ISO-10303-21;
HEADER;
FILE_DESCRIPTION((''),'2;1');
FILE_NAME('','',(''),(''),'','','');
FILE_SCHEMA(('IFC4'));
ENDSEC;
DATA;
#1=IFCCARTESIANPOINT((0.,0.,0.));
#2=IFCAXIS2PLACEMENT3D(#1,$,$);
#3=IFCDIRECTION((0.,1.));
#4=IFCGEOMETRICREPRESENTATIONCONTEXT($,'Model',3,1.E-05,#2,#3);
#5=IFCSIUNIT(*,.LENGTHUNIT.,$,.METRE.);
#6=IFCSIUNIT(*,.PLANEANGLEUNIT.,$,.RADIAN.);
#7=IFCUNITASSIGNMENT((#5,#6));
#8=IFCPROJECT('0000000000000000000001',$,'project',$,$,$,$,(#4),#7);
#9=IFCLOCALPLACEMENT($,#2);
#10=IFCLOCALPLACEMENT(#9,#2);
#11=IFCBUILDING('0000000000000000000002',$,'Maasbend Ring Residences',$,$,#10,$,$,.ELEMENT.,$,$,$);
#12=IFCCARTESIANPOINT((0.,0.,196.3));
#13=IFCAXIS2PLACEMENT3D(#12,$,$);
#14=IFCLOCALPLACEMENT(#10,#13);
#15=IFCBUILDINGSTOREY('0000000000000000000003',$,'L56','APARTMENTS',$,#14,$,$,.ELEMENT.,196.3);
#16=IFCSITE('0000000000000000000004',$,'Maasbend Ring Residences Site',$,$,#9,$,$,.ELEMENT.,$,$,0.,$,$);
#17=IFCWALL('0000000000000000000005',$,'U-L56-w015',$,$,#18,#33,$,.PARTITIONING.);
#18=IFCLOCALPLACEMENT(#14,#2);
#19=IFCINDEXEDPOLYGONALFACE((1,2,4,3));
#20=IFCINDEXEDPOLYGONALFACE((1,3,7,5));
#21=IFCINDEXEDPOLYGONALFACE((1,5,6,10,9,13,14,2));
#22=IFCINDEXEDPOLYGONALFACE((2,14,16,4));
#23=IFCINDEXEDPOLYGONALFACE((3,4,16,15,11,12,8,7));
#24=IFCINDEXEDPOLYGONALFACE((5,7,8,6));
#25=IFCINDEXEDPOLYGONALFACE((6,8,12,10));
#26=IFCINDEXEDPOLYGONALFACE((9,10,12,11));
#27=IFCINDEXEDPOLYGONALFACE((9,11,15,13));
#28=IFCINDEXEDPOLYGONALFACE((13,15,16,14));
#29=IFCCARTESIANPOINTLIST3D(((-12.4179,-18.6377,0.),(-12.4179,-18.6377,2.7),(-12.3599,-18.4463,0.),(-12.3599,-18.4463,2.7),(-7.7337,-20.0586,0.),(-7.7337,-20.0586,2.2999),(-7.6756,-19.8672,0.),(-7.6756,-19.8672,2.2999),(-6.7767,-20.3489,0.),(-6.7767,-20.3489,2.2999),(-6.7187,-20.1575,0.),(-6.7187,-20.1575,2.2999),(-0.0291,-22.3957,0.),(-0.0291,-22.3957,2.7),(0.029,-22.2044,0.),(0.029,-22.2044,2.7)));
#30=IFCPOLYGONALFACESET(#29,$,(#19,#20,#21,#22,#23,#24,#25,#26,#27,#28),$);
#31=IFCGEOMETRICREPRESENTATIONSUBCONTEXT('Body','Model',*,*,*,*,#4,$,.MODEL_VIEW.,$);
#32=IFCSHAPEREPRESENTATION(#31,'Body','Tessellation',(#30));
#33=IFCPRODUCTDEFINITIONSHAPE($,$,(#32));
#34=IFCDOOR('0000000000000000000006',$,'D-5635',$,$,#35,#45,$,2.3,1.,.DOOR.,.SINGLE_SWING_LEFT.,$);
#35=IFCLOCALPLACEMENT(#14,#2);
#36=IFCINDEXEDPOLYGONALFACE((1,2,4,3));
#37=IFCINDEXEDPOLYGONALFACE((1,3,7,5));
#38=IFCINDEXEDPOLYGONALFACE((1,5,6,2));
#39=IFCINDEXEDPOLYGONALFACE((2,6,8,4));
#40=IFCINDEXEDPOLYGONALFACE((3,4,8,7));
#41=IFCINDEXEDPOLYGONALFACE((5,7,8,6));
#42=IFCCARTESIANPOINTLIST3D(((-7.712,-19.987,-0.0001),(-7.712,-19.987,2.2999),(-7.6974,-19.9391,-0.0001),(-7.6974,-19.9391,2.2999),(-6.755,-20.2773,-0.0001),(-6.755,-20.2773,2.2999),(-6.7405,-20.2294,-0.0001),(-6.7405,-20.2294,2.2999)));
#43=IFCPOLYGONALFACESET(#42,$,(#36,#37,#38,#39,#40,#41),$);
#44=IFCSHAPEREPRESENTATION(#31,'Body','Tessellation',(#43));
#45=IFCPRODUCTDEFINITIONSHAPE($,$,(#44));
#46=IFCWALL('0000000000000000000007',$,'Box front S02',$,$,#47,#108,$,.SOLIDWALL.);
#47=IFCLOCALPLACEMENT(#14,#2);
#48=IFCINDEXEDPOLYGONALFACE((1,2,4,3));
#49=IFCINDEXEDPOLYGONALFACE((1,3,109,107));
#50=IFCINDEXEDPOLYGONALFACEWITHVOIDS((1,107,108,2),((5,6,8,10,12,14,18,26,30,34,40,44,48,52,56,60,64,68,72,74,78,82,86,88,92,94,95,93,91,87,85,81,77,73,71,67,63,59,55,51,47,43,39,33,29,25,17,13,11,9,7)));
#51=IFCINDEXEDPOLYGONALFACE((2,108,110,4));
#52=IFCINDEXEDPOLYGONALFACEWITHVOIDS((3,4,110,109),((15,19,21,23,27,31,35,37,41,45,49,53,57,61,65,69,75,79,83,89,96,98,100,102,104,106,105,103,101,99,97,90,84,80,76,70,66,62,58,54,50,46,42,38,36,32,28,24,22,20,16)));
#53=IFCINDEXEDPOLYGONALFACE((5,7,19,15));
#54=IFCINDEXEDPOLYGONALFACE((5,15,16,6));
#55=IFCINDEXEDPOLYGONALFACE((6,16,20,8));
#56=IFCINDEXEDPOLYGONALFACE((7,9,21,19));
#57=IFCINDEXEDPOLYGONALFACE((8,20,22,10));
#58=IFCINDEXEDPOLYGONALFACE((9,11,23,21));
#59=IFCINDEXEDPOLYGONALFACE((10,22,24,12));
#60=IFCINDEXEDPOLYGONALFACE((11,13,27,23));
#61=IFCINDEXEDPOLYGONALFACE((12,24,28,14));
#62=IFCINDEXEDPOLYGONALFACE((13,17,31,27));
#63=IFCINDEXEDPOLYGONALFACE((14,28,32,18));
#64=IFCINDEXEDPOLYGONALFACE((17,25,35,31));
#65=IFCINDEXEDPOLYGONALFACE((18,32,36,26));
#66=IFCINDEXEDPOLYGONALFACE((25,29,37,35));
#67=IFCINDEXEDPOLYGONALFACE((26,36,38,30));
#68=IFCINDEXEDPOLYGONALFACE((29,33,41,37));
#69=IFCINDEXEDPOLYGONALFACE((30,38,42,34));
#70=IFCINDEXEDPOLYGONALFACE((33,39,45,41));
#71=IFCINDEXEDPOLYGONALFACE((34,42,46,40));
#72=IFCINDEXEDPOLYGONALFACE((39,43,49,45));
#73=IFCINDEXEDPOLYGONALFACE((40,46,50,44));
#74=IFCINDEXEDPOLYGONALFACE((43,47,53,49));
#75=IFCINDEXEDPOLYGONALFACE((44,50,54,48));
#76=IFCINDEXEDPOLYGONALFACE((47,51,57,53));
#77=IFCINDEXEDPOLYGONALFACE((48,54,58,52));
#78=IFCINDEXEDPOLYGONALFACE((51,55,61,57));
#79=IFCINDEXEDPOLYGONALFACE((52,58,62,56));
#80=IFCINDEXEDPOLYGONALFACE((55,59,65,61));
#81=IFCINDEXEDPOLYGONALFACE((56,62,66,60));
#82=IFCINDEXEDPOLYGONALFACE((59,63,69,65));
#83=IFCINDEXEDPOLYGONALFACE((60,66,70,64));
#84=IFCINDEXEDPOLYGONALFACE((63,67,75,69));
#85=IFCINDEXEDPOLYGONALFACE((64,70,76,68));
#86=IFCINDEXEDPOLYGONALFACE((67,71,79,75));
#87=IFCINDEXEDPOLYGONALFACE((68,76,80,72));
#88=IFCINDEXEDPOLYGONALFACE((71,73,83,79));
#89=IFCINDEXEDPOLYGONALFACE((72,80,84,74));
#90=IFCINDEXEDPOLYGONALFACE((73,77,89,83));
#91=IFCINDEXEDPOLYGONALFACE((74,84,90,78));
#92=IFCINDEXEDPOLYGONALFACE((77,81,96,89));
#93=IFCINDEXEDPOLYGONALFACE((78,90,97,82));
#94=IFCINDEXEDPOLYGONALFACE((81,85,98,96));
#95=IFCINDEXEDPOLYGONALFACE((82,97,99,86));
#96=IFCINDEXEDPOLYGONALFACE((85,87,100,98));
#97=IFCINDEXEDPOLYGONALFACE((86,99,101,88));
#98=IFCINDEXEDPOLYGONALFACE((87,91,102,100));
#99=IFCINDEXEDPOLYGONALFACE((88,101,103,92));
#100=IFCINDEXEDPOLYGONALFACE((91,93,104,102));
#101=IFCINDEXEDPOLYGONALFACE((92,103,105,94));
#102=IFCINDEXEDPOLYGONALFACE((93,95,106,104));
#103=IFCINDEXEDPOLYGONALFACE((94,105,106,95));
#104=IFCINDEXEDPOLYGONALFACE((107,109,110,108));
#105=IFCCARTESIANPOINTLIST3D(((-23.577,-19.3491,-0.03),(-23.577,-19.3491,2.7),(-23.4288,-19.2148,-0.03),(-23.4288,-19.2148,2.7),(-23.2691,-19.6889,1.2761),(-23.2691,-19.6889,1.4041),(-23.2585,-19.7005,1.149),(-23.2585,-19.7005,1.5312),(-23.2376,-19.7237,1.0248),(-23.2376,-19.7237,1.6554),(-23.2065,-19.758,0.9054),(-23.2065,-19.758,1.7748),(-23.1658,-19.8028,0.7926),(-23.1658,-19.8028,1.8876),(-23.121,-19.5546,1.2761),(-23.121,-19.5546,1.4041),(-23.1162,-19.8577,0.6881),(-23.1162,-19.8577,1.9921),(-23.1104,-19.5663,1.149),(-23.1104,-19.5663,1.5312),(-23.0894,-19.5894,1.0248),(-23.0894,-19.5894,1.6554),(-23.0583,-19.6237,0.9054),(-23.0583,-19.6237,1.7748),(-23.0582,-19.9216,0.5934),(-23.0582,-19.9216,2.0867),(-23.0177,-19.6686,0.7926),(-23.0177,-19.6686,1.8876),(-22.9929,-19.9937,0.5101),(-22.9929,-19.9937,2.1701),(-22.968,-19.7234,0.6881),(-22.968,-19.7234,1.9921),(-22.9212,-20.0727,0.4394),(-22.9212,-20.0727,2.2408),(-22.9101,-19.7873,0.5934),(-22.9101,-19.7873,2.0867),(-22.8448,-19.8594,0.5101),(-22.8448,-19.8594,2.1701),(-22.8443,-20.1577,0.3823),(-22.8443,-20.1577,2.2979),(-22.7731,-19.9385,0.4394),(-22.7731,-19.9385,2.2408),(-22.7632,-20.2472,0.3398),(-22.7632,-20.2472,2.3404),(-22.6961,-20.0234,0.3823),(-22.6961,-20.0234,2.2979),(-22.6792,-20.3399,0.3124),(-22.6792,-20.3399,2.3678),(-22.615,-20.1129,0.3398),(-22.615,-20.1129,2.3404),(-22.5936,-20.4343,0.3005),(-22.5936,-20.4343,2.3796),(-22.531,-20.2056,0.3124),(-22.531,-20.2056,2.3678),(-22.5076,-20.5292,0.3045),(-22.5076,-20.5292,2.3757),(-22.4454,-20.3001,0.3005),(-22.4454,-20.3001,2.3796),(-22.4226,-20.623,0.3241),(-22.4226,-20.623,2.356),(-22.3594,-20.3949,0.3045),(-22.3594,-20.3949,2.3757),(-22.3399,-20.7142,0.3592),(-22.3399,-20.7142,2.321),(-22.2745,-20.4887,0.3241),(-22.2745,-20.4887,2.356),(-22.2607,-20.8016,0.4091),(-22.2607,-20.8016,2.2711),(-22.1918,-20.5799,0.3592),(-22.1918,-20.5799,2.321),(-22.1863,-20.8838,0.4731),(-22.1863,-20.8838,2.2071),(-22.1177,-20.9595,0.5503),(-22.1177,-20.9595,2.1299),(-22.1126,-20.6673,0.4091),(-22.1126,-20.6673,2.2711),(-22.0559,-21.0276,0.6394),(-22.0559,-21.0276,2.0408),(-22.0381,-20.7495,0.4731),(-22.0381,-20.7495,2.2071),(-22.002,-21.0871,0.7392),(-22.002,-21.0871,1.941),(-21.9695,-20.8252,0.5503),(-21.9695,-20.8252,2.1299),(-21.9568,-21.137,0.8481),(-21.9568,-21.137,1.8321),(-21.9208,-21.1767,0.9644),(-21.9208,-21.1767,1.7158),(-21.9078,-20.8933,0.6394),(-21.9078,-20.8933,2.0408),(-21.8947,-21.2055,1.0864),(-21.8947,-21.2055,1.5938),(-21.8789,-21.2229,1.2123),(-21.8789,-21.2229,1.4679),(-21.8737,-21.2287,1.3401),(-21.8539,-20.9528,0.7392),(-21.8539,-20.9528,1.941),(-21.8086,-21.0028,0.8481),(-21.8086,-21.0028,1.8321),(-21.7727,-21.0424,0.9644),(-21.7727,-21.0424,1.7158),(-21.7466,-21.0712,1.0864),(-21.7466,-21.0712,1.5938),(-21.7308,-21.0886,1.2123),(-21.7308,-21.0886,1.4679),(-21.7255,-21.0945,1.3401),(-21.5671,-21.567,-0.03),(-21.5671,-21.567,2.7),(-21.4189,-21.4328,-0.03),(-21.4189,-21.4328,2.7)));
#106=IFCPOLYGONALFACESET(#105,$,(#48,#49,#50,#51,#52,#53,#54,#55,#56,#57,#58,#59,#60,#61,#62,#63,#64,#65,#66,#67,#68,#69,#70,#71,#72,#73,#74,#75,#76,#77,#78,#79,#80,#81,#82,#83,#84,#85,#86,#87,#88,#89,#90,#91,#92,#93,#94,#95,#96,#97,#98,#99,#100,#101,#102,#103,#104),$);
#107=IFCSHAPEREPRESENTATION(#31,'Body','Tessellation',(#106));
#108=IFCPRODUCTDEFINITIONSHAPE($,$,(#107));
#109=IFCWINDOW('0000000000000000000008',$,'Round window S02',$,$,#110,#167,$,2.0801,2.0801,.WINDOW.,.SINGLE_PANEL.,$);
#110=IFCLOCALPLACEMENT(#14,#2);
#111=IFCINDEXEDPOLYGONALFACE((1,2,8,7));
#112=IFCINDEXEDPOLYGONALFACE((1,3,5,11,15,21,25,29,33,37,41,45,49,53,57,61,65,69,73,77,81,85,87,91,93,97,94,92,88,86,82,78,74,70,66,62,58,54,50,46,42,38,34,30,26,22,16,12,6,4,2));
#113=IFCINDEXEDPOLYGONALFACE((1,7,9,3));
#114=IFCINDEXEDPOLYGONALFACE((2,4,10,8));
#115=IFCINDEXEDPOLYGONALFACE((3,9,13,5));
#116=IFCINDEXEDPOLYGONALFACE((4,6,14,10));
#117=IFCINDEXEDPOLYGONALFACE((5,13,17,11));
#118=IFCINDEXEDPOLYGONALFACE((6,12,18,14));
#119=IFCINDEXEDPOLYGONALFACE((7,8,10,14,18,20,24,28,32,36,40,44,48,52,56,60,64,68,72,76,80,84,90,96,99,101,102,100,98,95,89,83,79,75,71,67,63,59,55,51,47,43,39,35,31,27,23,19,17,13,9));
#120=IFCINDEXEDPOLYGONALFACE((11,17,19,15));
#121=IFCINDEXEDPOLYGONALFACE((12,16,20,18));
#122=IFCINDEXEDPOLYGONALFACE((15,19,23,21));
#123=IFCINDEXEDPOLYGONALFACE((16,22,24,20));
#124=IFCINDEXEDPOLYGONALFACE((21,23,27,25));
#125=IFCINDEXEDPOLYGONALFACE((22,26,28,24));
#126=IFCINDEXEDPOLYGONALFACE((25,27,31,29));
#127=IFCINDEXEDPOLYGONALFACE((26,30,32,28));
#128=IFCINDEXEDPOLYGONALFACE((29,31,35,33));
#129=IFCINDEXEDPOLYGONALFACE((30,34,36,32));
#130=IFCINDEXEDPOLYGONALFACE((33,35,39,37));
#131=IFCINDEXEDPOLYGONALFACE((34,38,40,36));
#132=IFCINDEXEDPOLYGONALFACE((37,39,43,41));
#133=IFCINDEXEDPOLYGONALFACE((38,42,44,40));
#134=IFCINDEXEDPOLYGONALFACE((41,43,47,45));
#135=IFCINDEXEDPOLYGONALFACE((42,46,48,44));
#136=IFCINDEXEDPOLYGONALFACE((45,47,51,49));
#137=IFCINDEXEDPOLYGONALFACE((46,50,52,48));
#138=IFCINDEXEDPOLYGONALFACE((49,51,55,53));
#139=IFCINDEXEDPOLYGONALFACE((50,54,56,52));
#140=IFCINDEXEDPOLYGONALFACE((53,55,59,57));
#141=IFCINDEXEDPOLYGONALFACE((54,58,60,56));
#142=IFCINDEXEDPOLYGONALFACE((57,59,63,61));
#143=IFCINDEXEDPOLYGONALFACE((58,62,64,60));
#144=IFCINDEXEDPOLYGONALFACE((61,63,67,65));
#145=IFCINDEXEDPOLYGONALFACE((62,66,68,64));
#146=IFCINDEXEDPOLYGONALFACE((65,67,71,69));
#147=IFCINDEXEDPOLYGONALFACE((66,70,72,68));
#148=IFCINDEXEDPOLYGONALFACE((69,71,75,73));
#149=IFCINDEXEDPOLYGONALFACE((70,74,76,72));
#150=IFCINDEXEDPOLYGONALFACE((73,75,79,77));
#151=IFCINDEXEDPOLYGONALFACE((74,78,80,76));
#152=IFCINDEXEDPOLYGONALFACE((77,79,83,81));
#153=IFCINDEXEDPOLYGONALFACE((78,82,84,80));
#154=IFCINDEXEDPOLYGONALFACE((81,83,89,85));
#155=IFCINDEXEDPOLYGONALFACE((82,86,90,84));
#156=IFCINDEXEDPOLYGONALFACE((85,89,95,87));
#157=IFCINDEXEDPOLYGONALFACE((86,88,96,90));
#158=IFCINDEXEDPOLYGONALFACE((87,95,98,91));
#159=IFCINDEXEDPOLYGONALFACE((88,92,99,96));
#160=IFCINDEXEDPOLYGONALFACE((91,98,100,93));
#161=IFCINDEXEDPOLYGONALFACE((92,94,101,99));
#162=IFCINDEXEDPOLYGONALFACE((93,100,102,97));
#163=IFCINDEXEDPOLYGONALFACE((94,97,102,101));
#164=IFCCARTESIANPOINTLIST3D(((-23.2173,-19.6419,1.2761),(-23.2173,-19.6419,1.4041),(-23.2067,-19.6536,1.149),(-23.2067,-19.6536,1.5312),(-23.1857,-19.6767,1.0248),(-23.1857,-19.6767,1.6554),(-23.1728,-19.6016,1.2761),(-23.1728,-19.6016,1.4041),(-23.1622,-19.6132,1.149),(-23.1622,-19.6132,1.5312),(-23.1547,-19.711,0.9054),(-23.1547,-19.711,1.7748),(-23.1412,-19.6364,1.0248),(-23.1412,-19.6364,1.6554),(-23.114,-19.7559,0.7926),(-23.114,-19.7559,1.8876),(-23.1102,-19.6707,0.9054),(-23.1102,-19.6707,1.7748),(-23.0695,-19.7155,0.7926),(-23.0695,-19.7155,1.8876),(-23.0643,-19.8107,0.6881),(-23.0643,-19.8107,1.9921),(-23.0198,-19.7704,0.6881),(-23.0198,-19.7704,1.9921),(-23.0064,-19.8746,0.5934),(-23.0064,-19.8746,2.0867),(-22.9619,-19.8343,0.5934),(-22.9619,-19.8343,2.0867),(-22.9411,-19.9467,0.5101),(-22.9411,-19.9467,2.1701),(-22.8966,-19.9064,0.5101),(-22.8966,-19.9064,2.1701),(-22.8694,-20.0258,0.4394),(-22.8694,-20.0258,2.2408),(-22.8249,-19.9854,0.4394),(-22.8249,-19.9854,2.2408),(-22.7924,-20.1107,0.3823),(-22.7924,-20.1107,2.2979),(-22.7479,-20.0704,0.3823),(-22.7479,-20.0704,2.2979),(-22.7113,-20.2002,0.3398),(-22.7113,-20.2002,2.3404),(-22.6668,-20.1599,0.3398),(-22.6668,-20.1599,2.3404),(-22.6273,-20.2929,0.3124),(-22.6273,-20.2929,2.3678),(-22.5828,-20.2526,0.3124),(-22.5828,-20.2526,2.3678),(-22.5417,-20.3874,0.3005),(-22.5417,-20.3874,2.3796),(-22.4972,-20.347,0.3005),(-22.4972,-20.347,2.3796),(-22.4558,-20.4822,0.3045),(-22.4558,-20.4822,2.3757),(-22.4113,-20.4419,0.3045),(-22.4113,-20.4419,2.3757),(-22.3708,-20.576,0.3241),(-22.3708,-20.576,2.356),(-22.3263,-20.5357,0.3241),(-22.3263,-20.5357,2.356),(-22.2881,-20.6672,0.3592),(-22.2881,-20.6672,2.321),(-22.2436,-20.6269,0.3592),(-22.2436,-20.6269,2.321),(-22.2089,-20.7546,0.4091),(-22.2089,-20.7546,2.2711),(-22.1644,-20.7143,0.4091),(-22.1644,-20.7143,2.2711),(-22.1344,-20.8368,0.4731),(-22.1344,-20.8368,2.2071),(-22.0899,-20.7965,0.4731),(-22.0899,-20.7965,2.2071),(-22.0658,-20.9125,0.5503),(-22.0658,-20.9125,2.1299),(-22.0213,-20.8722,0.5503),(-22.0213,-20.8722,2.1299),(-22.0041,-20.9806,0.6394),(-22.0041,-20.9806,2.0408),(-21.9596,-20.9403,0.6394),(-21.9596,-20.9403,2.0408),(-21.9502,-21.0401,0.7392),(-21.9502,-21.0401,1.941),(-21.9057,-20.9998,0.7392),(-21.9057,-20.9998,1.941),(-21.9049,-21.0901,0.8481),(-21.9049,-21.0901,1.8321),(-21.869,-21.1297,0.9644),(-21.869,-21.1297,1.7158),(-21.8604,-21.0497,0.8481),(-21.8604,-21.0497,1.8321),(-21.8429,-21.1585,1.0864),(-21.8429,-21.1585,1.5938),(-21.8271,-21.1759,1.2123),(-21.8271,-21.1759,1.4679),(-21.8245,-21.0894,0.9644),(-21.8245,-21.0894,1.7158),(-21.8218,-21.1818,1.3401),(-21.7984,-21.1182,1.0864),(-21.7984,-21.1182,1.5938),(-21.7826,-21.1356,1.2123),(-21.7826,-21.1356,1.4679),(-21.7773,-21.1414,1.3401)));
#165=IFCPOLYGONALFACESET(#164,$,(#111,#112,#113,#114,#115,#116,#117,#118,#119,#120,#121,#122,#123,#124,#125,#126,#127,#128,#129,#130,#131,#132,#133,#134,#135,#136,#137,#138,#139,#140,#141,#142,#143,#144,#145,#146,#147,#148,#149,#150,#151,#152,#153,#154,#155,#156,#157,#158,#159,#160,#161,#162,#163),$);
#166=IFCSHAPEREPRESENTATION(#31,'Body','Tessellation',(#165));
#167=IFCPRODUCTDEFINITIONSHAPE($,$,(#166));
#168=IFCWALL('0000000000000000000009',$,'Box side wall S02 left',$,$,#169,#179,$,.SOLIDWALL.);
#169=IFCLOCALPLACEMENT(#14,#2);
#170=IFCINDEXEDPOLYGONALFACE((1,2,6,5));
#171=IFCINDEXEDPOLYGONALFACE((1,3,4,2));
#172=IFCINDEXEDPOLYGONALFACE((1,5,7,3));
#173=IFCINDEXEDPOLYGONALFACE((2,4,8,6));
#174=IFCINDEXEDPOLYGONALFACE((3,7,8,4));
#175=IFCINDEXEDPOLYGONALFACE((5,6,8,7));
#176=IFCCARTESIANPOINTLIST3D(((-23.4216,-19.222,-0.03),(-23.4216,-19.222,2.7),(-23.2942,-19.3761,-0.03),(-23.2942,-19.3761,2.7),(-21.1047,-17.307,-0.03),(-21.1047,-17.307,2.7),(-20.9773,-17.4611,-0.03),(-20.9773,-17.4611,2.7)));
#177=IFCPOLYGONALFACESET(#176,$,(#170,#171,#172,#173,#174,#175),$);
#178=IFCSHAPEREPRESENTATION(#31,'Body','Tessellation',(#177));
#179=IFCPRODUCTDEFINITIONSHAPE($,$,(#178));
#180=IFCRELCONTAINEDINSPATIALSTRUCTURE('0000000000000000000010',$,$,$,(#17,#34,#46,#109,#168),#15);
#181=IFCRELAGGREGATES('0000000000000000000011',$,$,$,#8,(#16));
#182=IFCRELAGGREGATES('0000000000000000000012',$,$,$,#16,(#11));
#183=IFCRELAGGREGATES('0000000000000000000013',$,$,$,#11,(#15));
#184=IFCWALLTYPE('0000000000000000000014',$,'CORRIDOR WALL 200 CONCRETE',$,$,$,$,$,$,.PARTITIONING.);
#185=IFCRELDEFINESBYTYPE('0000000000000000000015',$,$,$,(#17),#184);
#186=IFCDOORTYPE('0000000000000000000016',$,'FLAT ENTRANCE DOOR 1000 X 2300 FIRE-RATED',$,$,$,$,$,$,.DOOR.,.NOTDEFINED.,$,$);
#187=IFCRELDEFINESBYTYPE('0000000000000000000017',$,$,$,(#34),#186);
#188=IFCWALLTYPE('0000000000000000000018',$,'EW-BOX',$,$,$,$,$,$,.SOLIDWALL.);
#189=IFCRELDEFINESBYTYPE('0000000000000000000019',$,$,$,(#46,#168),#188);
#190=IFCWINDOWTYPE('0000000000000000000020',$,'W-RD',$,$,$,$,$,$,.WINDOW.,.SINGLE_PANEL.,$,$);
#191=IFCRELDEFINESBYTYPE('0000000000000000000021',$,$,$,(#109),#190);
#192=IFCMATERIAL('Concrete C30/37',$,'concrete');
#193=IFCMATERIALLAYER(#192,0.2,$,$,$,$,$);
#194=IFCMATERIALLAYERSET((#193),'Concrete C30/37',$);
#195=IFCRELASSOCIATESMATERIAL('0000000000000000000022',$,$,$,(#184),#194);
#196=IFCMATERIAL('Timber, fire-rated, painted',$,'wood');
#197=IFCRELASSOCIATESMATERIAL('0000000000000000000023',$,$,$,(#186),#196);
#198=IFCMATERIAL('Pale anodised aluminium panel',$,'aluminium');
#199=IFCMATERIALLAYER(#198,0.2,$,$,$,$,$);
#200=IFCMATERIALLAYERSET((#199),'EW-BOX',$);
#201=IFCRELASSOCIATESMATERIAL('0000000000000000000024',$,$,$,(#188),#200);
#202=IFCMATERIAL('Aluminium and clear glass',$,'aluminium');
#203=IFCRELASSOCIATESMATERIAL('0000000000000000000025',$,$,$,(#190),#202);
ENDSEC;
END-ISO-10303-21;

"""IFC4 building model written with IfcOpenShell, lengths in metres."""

from ifc_helpers import new_model, si_unit, direction, frame, frame_2d, origin, place, context, subcontext, project, spatial, rectangle, circle, extrude, material, layer, layer_set, type_object, element, fill, save


model = new_model("IFC4")

# Units and contexts
model_context = context("Model", 3, precision=1e-05, world=origin(), true_north=direction((0.0, 1.0)))
body_context = subcontext(model_context, "Body", "Model", "MODEL_VIEW")
ifc_project = project(units=[si_unit("LENGTHUNIT", "METRE"), si_unit("PLANEANGLEUNIT", "RADIAN")], contexts=[model_context])

# Site, building, storey
site_placement = place(None, origin())
site = spatial("IfcSite", under=ifc_project, at=site_placement, Name="Maasbend Ring Residences Site", CompositionType="ELEMENT", RefElevation=0.0)
building_placement = place(site_placement, origin())
building = spatial("IfcBuilding", under=site, at=building_placement, Name="Maasbend Ring Residences", CompositionType="ELEMENT")
storey_placement = place(building_placement, frame((0.0, 0.0, 196.3)))
storey = spatial("IfcBuildingStorey", under=building, at=storey_placement, Name="L56", Description="APARTMENTS", CompositionType="ELEMENT", Elevation=196.3)

# Wall, opening, door
ifc_material_1 = material(Name="Concrete C30/37", Category="concrete")
ifc_layer_1 = layer(ifc_material_1, 0.2)
ifc_layer_set_1 = layer_set([ifc_layer_1], Name="Concrete C30/37")
wall_type_1 = type_object("IfcWallType", Name="CORRIDOR WALL 200 CONCRETE", PredefinedType="PARTITIONING", material=ifc_layer_set_1)
wall_1_placement = place(storey_placement, frame((-12.3889, -18.542, 0.0), z_axis=(0.0, 0.0, 1.0), x_axis=(0.956942, -0.290279, 0.0)))
wall_1 = element("IfcWall", 1, at=wall_1_placement, inside=storey, type_object=wall_type_1, Name="U-L56-w015", PredefinedType="PARTITIONING", context=body_context, shape_type="SweptSolid", body=[
    extrude(rectangle(XDim=12.9463, YDim=0.2, at=frame_2d((6.4731, 0.0))), origin(), (0.0, 0.0, 1.0), 2.7),
])
opening_1_placement = place(wall_1_placement, frame((4.895, 0.0, 0.0)))
opening_1 = element("IfcOpeningElement", 2, at=opening_1_placement, cuts=wall_1, PredefinedType="OPENING", context=body_context, shape_type="SweptSolid", body=[
    extrude(rectangle(XDim=1.0, YDim=2.3, at=frame_2d((0.5, 1.1499))), frame((0.0, 0.1099, 0.0), z_axis=(0.0, -1.0, 0.0), x_axis=(1.0, 0.0, 0.0)), (0.0, 0.0, 1.0), 0.22),
])
ifc_material_2 = material(Name="Timber, fire-rated, painted", Category="wood")
door_type_1 = type_object("IfcDoorType", Name="FLAT ENTRANCE DOOR 1000 X 2300 FIRE-RATED", OperationType="NOTDEFINED", PredefinedType="DOOR", material=ifc_material_2)
door_1_placement = place(opening_1_placement, origin())
door_1 = element("IfcDoor", 3, at=door_1_placement, inside=storey, type_object=door_type_1, Name="D-5635", OperationType="SINGLE_SWING_LEFT", OverallHeight=2.3, OverallWidth=1.0, PredefinedType="DOOR", context=body_context, shape_type="SweptSolid", body=[
    extrude(rectangle(XDim=1.0, YDim=2.3, at=frame_2d((0.5, 1.1499))), frame((0.0, 0.0249, 0.0), z_axis=(0.0, -1.0, 0.0), x_axis=(1.0, 0.0, 0.0)), (0.0, 0.0, 1.0), 0.05),
])
fill(opening_1, door_1)

# Wall, opening, window
ifc_material_3 = material(Name="Pale anodised aluminium panel", Category="aluminium")
ifc_layer_2 = layer(ifc_material_3, 0.2)
ifc_layer_set_2 = layer_set([ifc_layer_2], Name="EW-BOX")
wall_type_2 = type_object("IfcWallType", Name="EW-BOX", PredefinedType="SOLIDWALL", material=ifc_layer_set_2)
wall_2_placement = place(storey_placement, frame((-23.5029, -19.282, -0.03), z_axis=(0.0, 0.0, 1.0), x_axis=(0.671507, -0.740998, 0.0)))
wall_2 = element("IfcWall", 4, at=wall_2_placement, inside=storey, type_object=wall_type_2, Name="Box front S02", PredefinedType="SOLIDWALL", context=body_context, shape_type="SweptSolid", body=[
    extrude(rectangle(XDim=2.9932, YDim=0.2, at=frame_2d((1.4966, 0.0))), origin(), (0.0, 0.0, 1.0), 2.73),
])
opening_2_placement = place(wall_2_placement, frame((0.4565, 0.0, 0.3301)))
opening_2 = element("IfcOpeningElement", 5, at=opening_2_placement, cuts=wall_2, PredefinedType="OPENING", context=body_context, shape_type="SweptSolid", body=[
    extrude(circle(Radius=1.04, at=frame_2d((1.04, 1.04))), frame((0.0, 0.1099, 0.0), z_axis=(0.0, -1.0, 0.0), x_axis=(1.0, 0.0, 0.0)), (0.0, 0.0, 1.0), 0.22),
])
ifc_material_4 = material(Name="Aluminium and clear glass", Category="aluminium")
window_type_1 = type_object("IfcWindowType", Name="W-RD", PartitioningType="SINGLE_PANEL", PredefinedType="WINDOW", material=ifc_material_4)
window_1_placement = place(opening_2_placement, origin())
window_1 = element("IfcWindow", 6, at=window_1_placement, inside=storey, type_object=window_type_1, Name="Round window S02", OverallHeight=2.0801, OverallWidth=2.0801, PartitioningType="SINGLE_PANEL", PredefinedType="WINDOW", context=body_context, shape_type="SweptSolid", body=[
    extrude(circle(Radius=1.04, at=frame_2d((1.04, 1.04))), frame((0.0, 0.03, 0.0), z_axis=(0.0, -1.0, 0.0), x_axis=(1.0, 0.0, 0.0)), (0.0, 0.0, 1.0), 0.0601),
])
fill(opening_2, window_1)

# Wall
wall_3_placement = place(storey_placement, frame((-21.041, -17.384, -0.03), z_axis=(0.0, 0.0, 1.0), x_axis=(-0.770785, -0.637096, 0.0)))
element("IfcWall", 7, at=wall_3_placement, inside=storey, type_object=wall_type_2, Name="Box side wall S02 left", PredefinedType="SOLIDWALL", context=body_context, shape_type="SweptSolid", body=[
    extrude(rectangle(XDim=3.0059, YDim=0.2, at=frame_2d((1.5029, 0.0))), origin(), (0.0, 0.0, 1.0), 2.73),
])

save(model, "model.ifc")
